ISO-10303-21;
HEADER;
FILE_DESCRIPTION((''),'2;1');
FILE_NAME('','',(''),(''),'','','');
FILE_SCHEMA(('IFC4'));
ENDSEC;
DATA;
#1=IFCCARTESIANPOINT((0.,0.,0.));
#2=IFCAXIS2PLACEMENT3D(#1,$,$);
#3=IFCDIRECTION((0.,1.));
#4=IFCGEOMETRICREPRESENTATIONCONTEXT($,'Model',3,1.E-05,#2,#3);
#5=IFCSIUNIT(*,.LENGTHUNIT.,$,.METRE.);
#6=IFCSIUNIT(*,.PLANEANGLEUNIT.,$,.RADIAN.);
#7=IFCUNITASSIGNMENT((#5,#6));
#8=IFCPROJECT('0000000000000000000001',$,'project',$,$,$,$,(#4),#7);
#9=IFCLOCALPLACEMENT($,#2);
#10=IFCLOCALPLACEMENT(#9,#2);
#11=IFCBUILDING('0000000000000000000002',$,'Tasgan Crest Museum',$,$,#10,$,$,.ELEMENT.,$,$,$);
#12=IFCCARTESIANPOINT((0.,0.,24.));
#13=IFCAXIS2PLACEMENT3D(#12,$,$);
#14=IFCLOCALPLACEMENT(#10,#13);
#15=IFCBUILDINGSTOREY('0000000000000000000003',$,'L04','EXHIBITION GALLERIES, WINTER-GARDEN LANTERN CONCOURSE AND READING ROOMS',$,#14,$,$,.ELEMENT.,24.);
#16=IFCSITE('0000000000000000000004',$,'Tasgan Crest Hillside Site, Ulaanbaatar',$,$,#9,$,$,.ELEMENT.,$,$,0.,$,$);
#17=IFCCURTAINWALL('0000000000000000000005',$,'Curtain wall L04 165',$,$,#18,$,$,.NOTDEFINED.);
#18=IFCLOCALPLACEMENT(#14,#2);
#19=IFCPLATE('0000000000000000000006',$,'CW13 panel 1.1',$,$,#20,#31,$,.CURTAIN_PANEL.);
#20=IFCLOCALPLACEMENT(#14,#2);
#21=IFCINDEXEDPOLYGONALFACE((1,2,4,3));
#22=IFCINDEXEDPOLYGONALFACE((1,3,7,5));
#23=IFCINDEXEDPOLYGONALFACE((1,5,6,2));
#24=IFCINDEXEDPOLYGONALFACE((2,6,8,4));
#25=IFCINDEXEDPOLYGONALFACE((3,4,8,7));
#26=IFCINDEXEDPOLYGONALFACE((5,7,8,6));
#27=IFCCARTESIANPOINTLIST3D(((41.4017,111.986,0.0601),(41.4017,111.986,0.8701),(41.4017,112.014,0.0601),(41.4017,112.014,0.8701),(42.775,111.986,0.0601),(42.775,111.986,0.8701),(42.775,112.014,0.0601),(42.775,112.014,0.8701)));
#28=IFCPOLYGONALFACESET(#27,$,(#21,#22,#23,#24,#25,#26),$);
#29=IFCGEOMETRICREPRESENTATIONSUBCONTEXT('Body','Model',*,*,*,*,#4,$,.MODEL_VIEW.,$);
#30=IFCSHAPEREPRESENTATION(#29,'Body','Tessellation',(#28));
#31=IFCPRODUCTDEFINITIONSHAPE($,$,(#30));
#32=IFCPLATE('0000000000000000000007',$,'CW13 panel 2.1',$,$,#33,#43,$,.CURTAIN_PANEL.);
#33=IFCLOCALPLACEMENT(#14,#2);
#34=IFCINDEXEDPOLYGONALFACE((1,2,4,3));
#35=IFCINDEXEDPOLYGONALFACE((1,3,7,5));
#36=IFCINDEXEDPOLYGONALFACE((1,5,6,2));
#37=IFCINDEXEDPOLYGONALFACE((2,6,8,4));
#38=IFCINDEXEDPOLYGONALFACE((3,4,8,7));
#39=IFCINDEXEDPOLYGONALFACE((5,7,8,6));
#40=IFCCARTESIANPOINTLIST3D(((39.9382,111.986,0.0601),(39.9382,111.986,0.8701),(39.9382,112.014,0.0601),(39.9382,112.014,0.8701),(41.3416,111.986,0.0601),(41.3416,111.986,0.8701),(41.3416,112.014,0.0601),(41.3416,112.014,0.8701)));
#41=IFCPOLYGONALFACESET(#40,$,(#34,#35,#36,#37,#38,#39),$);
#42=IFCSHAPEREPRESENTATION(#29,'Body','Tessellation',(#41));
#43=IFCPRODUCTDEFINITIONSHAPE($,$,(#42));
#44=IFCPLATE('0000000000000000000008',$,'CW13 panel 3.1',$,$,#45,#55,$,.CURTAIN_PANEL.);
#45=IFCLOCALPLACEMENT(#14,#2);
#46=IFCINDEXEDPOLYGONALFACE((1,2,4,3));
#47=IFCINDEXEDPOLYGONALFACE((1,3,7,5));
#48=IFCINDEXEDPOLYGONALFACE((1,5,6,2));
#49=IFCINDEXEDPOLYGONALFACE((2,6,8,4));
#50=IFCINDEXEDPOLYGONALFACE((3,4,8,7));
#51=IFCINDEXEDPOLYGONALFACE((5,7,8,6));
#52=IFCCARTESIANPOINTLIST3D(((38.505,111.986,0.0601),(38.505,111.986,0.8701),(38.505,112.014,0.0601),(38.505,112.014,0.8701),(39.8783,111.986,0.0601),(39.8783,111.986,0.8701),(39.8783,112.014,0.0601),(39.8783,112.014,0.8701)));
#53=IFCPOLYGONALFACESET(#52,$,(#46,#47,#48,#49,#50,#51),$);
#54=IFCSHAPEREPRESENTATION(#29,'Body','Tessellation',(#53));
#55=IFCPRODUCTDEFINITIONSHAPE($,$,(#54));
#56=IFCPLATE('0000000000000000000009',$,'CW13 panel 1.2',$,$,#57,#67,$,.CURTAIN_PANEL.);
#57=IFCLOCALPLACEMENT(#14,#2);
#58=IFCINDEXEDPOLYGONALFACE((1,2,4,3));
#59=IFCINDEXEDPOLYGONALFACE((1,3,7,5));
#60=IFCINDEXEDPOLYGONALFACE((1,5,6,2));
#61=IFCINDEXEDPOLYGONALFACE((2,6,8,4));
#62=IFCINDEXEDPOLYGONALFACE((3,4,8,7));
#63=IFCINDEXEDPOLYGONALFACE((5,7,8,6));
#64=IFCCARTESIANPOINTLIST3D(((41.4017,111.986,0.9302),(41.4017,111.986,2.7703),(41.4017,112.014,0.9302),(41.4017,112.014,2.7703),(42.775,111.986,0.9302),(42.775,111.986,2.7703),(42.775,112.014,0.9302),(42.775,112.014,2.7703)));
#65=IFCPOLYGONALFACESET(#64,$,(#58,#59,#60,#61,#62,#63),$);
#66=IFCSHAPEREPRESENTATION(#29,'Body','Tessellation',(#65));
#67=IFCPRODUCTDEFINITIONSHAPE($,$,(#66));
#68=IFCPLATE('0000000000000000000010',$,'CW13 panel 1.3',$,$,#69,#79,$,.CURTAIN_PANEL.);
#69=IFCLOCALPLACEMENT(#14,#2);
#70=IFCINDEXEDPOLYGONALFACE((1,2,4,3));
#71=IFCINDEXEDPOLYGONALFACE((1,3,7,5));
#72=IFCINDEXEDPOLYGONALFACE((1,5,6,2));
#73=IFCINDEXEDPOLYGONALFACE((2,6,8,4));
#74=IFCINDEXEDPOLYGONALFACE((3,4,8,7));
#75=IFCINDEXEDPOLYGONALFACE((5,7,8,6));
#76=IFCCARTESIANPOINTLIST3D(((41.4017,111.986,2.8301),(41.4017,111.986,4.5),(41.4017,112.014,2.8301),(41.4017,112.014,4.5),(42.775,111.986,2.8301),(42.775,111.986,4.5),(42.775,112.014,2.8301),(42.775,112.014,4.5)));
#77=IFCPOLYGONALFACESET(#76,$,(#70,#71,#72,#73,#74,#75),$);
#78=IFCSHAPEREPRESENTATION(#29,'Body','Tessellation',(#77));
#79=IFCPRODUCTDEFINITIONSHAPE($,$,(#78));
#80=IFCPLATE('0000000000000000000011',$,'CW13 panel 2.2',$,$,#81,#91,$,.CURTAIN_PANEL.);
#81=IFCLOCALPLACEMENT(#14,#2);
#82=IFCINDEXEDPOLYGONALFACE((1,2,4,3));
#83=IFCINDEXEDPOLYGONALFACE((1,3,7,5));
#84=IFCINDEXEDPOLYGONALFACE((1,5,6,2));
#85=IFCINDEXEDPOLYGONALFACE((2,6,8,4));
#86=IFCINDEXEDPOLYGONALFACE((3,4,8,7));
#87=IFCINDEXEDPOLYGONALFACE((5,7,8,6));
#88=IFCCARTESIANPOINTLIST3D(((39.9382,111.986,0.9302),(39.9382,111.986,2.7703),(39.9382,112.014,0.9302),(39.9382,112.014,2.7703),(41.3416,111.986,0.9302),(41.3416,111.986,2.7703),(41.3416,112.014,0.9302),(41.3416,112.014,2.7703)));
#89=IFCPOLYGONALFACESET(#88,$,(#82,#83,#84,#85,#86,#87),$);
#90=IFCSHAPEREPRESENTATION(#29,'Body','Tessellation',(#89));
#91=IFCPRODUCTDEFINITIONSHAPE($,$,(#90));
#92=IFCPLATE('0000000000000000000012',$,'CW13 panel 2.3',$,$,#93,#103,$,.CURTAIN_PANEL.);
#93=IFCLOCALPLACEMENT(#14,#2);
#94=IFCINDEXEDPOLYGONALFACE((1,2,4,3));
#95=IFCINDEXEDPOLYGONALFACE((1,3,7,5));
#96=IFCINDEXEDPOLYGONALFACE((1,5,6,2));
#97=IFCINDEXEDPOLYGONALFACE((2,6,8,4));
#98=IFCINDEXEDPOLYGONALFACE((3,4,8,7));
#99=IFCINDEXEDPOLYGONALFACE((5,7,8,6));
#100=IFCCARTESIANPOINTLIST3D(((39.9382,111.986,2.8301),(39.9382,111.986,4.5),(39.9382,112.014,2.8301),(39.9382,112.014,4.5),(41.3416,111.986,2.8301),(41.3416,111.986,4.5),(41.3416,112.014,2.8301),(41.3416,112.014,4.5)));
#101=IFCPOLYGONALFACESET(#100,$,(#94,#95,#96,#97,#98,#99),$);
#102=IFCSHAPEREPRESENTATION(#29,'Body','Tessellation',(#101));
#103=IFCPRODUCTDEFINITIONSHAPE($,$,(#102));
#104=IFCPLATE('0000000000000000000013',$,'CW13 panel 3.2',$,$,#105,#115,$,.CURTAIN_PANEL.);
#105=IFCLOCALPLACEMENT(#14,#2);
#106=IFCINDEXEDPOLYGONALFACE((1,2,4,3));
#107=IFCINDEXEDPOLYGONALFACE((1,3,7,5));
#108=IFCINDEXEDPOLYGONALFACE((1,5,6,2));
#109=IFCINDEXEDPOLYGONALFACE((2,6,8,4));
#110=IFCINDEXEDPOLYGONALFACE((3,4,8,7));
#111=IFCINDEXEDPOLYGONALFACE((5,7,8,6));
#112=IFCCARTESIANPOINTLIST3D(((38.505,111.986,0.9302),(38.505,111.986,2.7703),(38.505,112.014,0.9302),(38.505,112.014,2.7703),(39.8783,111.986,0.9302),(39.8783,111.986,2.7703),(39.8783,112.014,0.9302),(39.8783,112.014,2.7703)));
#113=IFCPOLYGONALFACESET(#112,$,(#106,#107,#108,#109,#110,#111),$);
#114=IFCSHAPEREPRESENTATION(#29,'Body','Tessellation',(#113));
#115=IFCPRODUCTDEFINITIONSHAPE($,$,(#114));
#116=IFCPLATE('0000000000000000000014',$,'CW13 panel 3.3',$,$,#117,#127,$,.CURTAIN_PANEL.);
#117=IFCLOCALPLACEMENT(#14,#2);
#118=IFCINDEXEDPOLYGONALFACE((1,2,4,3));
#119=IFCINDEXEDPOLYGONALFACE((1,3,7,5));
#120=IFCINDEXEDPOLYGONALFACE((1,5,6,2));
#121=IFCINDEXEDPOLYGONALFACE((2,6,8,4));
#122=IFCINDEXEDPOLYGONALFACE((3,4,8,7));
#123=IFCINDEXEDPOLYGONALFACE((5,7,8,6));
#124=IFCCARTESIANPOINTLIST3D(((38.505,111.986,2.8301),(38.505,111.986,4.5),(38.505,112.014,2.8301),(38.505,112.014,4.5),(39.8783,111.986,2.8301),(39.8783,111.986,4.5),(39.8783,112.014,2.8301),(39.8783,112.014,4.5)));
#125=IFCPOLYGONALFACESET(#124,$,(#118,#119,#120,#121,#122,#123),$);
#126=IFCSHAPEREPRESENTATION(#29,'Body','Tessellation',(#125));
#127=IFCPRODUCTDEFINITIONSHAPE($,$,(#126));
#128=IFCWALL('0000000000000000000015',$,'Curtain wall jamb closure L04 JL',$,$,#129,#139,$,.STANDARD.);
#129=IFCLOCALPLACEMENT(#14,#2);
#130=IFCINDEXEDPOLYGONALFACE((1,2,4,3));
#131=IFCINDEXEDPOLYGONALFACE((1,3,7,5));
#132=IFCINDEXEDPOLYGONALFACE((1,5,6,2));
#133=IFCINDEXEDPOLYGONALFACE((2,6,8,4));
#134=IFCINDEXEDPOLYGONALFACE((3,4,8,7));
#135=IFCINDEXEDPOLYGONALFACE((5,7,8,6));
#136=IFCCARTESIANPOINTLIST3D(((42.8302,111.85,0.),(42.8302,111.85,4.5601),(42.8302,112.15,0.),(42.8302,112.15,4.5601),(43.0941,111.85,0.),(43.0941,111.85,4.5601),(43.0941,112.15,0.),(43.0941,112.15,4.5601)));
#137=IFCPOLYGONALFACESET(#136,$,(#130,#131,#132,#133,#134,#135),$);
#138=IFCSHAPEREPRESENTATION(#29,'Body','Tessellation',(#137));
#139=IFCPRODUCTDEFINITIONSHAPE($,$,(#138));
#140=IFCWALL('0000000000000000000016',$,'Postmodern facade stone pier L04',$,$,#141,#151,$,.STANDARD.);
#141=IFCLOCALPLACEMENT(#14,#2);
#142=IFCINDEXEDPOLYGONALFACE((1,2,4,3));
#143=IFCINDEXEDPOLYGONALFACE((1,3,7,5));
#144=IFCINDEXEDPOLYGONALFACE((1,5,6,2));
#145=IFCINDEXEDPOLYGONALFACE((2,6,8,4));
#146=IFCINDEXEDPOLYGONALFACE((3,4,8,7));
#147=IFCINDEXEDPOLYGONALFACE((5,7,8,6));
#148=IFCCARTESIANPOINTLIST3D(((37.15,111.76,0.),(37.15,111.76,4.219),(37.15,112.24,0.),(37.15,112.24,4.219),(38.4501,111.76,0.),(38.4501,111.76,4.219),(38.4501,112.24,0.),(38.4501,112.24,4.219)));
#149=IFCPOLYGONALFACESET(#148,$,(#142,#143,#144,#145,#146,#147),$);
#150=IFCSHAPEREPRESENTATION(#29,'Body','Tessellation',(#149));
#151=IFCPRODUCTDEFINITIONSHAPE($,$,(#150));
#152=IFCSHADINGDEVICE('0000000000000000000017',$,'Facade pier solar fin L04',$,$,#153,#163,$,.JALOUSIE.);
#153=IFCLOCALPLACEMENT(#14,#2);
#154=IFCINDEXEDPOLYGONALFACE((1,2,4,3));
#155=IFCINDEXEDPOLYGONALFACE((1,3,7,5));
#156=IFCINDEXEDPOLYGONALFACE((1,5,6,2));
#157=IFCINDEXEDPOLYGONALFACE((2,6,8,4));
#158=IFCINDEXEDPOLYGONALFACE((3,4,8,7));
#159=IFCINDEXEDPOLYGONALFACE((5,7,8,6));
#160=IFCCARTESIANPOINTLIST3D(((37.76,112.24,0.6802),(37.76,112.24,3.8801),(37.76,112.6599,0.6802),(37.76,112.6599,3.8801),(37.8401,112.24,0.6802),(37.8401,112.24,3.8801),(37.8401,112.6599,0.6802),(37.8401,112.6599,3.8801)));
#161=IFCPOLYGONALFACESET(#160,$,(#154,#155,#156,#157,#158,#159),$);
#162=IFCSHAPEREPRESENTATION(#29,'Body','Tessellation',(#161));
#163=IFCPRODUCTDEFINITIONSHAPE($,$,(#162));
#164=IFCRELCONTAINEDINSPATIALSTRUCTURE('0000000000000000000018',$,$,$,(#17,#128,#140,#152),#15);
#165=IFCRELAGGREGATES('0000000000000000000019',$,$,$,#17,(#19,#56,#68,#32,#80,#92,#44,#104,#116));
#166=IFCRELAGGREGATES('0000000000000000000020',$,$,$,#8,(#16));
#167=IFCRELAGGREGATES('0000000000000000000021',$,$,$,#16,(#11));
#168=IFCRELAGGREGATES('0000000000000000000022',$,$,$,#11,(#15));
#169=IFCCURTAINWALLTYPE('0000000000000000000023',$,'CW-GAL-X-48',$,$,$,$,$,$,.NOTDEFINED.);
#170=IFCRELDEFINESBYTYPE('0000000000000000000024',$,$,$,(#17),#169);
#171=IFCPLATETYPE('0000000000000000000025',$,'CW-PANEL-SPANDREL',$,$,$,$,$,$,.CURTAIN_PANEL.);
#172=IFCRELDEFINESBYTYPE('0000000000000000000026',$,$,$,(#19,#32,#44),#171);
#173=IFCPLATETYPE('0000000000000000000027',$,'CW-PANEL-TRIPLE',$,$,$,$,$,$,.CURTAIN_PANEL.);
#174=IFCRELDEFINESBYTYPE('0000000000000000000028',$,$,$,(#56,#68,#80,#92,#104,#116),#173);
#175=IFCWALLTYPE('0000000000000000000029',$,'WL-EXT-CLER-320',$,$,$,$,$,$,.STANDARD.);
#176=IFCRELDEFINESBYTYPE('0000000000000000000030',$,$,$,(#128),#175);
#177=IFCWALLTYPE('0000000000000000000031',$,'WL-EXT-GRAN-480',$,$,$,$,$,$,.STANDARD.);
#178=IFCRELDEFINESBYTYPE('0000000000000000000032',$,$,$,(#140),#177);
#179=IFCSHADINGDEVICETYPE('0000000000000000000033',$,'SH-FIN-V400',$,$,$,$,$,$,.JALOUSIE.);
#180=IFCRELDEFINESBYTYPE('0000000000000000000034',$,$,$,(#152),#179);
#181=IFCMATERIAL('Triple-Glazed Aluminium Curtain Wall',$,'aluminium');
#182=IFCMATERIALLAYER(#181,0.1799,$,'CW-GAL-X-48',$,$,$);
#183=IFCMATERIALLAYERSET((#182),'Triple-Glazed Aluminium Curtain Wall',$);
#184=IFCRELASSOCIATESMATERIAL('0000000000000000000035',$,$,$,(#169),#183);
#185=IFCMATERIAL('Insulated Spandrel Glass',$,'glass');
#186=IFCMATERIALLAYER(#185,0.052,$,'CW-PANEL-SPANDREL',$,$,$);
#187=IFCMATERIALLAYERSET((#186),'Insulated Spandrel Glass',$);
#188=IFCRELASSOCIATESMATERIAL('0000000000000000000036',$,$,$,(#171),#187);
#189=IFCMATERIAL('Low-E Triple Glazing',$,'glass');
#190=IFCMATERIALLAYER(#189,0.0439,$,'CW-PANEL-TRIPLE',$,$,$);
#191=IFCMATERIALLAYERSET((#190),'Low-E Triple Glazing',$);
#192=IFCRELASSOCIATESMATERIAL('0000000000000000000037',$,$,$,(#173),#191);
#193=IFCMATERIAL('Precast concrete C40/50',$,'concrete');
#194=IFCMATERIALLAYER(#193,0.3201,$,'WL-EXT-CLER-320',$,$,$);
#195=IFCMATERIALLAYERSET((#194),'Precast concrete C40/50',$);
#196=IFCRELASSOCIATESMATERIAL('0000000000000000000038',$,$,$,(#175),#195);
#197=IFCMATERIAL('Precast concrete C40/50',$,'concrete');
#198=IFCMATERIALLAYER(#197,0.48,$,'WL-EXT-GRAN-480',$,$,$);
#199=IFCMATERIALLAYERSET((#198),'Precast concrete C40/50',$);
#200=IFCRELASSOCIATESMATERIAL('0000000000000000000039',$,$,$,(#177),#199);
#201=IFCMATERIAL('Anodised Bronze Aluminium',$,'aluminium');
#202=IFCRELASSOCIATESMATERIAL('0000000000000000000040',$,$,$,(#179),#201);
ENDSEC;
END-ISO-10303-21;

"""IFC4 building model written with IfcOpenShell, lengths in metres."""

from ifc_helpers import new_model, si_unit, direction, frame, frame_2d, origin, origin_2d, place, context, subcontext, project, spatial, rectangle, extrude, material, layer, layer_set, type_object, element, aggregate, save


model = new_model("IFC4")

# Units and contexts
model_context = context("Model", 3, precision=1e-05, world=origin(), true_north=direction((0.0, 1.0)))
body_context = subcontext(model_context, "Body", "Model", "MODEL_VIEW")
ifc_project = project(units=[si_unit("LENGTHUNIT", "METRE"), si_unit("PLANEANGLEUNIT", "RADIAN")], contexts=[model_context])

# Site, building, storey
site_placement = place(None, origin())
site = spatial("IfcSite", under=ifc_project, at=site_placement, Name="Tasgan Crest Hillside Site, Ulaanbaatar", CompositionType="ELEMENT", RefElevation=0.0)
building_placement = place(site_placement, origin())
building = spatial("IfcBuilding", under=site, at=building_placement, Name="Tasgan Crest Museum", CompositionType="ELEMENT")
storey_placement = place(building_placement, frame((0.0, 0.0, 24.0)))
storey = spatial("IfcBuildingStorey", under=building, at=storey_placement, Name="L04", Description="EXHIBITION GALLERIES, WINTER-GARDEN LANTERN CONCOURSE AND READING ROOMS", CompositionType="ELEMENT", Elevation=24.0)

# Curtain wall
ifc_material_1 = material(Name="Triple-Glazed Aluminium Curtain Wall", Category="aluminium")
ifc_layer_1 = layer(ifc_material_1, 0.1799, Name="CW-GAL-X-48")
ifc_layer_set_1 = layer_set([ifc_layer_1], Name="Triple-Glazed Aluminium Curtain Wall")
curtain_wall_type = type_object("IfcCurtainWallType", Name="CW-GAL-X-48", PredefinedType="NOTDEFINED", material=ifc_layer_set_1)
curtain_wall_1_placement = place(storey_placement, origin())
curtain_wall_1 = element("IfcCurtainWall", 1, at=curtain_wall_1_placement, inside=storey, type_object=curtain_wall_type, Name="Curtain wall L04 165", PredefinedType="NOTDEFINED")

# Plates
ifc_material_2 = material(Name="Insulated Spandrel Glass", Category="glass")
ifc_layer_2 = layer(ifc_material_2, 0.052, Name="CW-PANEL-SPANDREL")
ifc_layer_set_2 = layer_set([ifc_layer_2], Name="Insulated Spandrel Glass")
plate_type_1 = type_object("IfcPlateType", Name="CW-PANEL-SPANDREL", PredefinedType="CURTAIN_PANEL", material=ifc_layer_set_2)
plate_1_placement = place(storey_placement, frame((42.0884, 112.0, 0.0601), z_axis=(0.0, 0.0, 1.0), x_axis=(-1.0, 0.0, 0.0)))
plate_1 = element("IfcPlate", 2, at=plate_1_placement, type_object=plate_type_1, Name="CW13 panel 1.1", PredefinedType="CURTAIN_PANEL", context=body_context, shape_type="SweptSolid", body=[
    extrude(rectangle(XDim=1.3733, YDim=0.0281, at=origin_2d()), origin(), (0.0, 0.0, 1.0), 0.8101),
])
plate_2_placement = place(storey_placement, frame((40.6399, 112.0, 0.0601), z_axis=(0.0, 0.0, 1.0), x_axis=(-1.0, 0.0, 0.0)))
plate_2 = element("IfcPlate", 3, at=plate_2_placement, type_object=plate_type_1, Name="CW13 panel 2.1", PredefinedType="CURTAIN_PANEL", context=body_context, shape_type="SweptSolid", body=[
    extrude(rectangle(XDim=1.4033, YDim=0.0281, at=origin_2d()), origin(), (0.0, 0.0, 1.0), 0.8101),
])
plate_3_placement = place(storey_placement, frame((39.1917, 112.0, 0.0601), z_axis=(0.0, 0.0, 1.0), x_axis=(-1.0, 0.0, 0.0)))
plate_3 = element("IfcPlate", 4, at=plate_3_placement, type_object=plate_type_1, Name="CW13 panel 3.1", PredefinedType="CURTAIN_PANEL", context=body_context, shape_type="SweptSolid", body=[
    extrude(rectangle(XDim=1.3733, YDim=0.0281, at=origin_2d()), origin(), (0.0, 0.0, 1.0), 0.8101),
])
ifc_material_3 = material(Name="Low-E Triple Glazing", Category="glass")
ifc_layer_3 = layer(ifc_material_3, 0.0439, Name="CW-PANEL-TRIPLE")
ifc_layer_set_3 = layer_set([ifc_layer_3], Name="Low-E Triple Glazing")
plate_type_2 = type_object("IfcPlateType", Name="CW-PANEL-TRIPLE", PredefinedType="CURTAIN_PANEL", material=ifc_layer_set_3)
plate_4_placement = place(storey_placement, frame((42.0884, 112.0, 0.9302), z_axis=(0.0, 0.0, 1.0), x_axis=(-1.0, 0.0, 0.0)))
plate_4 = element("IfcPlate", 5, at=plate_4_placement, type_object=plate_type_2, Name="CW13 panel 1.2", PredefinedType="CURTAIN_PANEL", context=body_context, shape_type="SweptSolid", body=[
    extrude(rectangle(XDim=1.3733, YDim=0.0281, at=origin_2d()), origin(), (0.0, 0.0, 1.0), 1.8401),
])
plate_5_placement = place(storey_placement, frame((42.0884, 112.0, 2.8301), z_axis=(0.0, 0.0, 1.0), x_axis=(-1.0, 0.0, 0.0)))
plate_5 = element("IfcPlate", 6, at=plate_5_placement, type_object=plate_type_2, Name="CW13 panel 1.3", PredefinedType="CURTAIN_PANEL", context=body_context, shape_type="SweptSolid", body=[
    extrude(rectangle(XDim=1.3733, YDim=0.0281, at=origin_2d()), origin(), (0.0, 0.0, 1.0), 1.6699),
])
plate_6_placement = place(storey_placement, frame((40.6399, 112.0, 0.9302), z_axis=(0.0, 0.0, 1.0), x_axis=(-1.0, 0.0, 0.0)))
plate_6 = element("IfcPlate", 7, at=plate_6_placement, type_object=plate_type_2, Name="CW13 panel 2.2", PredefinedType="CURTAIN_PANEL", context=body_context, shape_type="SweptSolid", body=[
    extrude(rectangle(XDim=1.4033, YDim=0.0281, at=origin_2d()), origin(), (0.0, 0.0, 1.0), 1.8401),
])
plate_7_placement = place(storey_placement, frame((40.6399, 112.0, 2.8301), z_axis=(0.0, 0.0, 1.0), x_axis=(-1.0, 0.0, 0.0)))
plate_7 = element("IfcPlate", 8, at=plate_7_placement, type_object=plate_type_2, Name="CW13 panel 2.3", PredefinedType="CURTAIN_PANEL", context=body_context, shape_type="SweptSolid", body=[
    extrude(rectangle(XDim=1.4033, YDim=0.0281, at=origin_2d()), origin(), (0.0, 0.0, 1.0), 1.6699),
])
plate_8_placement = place(storey_placement, frame((39.1917, 112.0, 0.9302), z_axis=(0.0, 0.0, 1.0), x_axis=(-1.0, 0.0, 0.0)))
plate_8 = element("IfcPlate", 9, at=plate_8_placement, type_object=plate_type_2, Name="CW13 panel 3.2", PredefinedType="CURTAIN_PANEL", context=body_context, shape_type="SweptSolid", body=[
    extrude(rectangle(XDim=1.3733, YDim=0.0281, at=origin_2d()), origin(), (0.0, 0.0, 1.0), 1.8401),
])
plate_9_placement = place(storey_placement, frame((39.1917, 112.0, 2.8301), z_axis=(0.0, 0.0, 1.0), x_axis=(-1.0, 0.0, 0.0)))
plate_9 = element("IfcPlate", 10, at=plate_9_placement, type_object=plate_type_2, Name="CW13 panel 3.3", PredefinedType="CURTAIN_PANEL", context=body_context, shape_type="SweptSolid", body=[
    extrude(rectangle(XDim=1.3733, YDim=0.0281, at=origin_2d()), origin(), (0.0, 0.0, 1.0), 1.6699),
])
aggregate(curtain_wall_1, [plate_1, plate_4, plate_5, plate_2, plate_6, plate_7, plate_3, plate_8, plate_9])

# Walls
ifc_material_4 = material(Name="Precast concrete C40/50", Category="concrete")
ifc_layer_4 = layer(ifc_material_4, 0.3201, Name="WL-EXT-CLER-320")
ifc_layer_set_4 = layer_set([ifc_layer_4], Name="Precast concrete C40/50")
wall_type_1 = type_object("IfcWallType", Name="WL-EXT-CLER-320", PredefinedType="STANDARD", material=ifc_layer_set_4)
wall_1_placement = place(storey_placement, frame((43.094, 112.0, 0.0), z_axis=(0.0, 0.0, 1.0), x_axis=(-1.0, 0.0, 0.0)))
element("IfcWall", 11, at=wall_1_placement, inside=storey, type_object=wall_type_1, Name="Curtain wall jamb closure L04 JL", PredefinedType="STANDARD", context=body_context, shape_type="SweptSolid", body=[
    extrude(rectangle(XDim=0.2639, YDim=0.3, at=frame_2d((0.1318, 0.0))), origin(), (0.0, 0.0, 1.0), 4.5601),
])
ifc_material_5 = material(Name="Precast concrete C40/50", Category="concrete")
ifc_layer_5 = layer(ifc_material_5, 0.48, Name="WL-EXT-GRAN-480")
ifc_layer_set_5 = layer_set([ifc_layer_5], Name="Precast concrete C40/50")
wall_type_2 = type_object("IfcWallType", Name="WL-EXT-GRAN-480", PredefinedType="STANDARD", material=ifc_layer_set_5)
wall_2_placement = place(storey_placement, frame((38.45, 112.0, 0.0), z_axis=(0.0, 0.0, 1.0), x_axis=(-1.0, 0.0, 0.0)))
element("IfcWall", 12, at=wall_2_placement, inside=storey, type_object=wall_type_2, Name="Postmodern facade stone pier L04", PredefinedType="STANDARD", context=body_context, shape_type="SweptSolid", body=[
    extrude(rectangle(XDim=1.3, YDim=0.48, at=frame_2d((0.6499, 0.0))), origin(), (0.0, 0.0, 1.0), 4.219),
])

# Shading device
ifc_material_6 = material(Name="Anodised Bronze Aluminium", Category="aluminium")
shading_device_type = type_object("IfcShadingDeviceType", Name="SH-FIN-V400", PredefinedType="JALOUSIE", material=ifc_material_6)
shading_device_placement = place(storey_placement, frame((37.8, 112.45, 0.6802), z_axis=(0.0, 0.0, 1.0), x_axis=(-1.0, 0.0, 0.0)))
element("IfcShadingDevice", 13, at=shading_device_placement, inside=storey, type_object=shading_device_type, Name="Facade pier solar fin L04", PredefinedType="JALOUSIE", context=body_context, shape_type="SweptSolid", body=[
    extrude(rectangle(XDim=0.0801, YDim=0.4199, at=origin_2d()), origin(), (0.0, 0.0, 1.0), 3.2),
])

save(model, "model.ifc")
